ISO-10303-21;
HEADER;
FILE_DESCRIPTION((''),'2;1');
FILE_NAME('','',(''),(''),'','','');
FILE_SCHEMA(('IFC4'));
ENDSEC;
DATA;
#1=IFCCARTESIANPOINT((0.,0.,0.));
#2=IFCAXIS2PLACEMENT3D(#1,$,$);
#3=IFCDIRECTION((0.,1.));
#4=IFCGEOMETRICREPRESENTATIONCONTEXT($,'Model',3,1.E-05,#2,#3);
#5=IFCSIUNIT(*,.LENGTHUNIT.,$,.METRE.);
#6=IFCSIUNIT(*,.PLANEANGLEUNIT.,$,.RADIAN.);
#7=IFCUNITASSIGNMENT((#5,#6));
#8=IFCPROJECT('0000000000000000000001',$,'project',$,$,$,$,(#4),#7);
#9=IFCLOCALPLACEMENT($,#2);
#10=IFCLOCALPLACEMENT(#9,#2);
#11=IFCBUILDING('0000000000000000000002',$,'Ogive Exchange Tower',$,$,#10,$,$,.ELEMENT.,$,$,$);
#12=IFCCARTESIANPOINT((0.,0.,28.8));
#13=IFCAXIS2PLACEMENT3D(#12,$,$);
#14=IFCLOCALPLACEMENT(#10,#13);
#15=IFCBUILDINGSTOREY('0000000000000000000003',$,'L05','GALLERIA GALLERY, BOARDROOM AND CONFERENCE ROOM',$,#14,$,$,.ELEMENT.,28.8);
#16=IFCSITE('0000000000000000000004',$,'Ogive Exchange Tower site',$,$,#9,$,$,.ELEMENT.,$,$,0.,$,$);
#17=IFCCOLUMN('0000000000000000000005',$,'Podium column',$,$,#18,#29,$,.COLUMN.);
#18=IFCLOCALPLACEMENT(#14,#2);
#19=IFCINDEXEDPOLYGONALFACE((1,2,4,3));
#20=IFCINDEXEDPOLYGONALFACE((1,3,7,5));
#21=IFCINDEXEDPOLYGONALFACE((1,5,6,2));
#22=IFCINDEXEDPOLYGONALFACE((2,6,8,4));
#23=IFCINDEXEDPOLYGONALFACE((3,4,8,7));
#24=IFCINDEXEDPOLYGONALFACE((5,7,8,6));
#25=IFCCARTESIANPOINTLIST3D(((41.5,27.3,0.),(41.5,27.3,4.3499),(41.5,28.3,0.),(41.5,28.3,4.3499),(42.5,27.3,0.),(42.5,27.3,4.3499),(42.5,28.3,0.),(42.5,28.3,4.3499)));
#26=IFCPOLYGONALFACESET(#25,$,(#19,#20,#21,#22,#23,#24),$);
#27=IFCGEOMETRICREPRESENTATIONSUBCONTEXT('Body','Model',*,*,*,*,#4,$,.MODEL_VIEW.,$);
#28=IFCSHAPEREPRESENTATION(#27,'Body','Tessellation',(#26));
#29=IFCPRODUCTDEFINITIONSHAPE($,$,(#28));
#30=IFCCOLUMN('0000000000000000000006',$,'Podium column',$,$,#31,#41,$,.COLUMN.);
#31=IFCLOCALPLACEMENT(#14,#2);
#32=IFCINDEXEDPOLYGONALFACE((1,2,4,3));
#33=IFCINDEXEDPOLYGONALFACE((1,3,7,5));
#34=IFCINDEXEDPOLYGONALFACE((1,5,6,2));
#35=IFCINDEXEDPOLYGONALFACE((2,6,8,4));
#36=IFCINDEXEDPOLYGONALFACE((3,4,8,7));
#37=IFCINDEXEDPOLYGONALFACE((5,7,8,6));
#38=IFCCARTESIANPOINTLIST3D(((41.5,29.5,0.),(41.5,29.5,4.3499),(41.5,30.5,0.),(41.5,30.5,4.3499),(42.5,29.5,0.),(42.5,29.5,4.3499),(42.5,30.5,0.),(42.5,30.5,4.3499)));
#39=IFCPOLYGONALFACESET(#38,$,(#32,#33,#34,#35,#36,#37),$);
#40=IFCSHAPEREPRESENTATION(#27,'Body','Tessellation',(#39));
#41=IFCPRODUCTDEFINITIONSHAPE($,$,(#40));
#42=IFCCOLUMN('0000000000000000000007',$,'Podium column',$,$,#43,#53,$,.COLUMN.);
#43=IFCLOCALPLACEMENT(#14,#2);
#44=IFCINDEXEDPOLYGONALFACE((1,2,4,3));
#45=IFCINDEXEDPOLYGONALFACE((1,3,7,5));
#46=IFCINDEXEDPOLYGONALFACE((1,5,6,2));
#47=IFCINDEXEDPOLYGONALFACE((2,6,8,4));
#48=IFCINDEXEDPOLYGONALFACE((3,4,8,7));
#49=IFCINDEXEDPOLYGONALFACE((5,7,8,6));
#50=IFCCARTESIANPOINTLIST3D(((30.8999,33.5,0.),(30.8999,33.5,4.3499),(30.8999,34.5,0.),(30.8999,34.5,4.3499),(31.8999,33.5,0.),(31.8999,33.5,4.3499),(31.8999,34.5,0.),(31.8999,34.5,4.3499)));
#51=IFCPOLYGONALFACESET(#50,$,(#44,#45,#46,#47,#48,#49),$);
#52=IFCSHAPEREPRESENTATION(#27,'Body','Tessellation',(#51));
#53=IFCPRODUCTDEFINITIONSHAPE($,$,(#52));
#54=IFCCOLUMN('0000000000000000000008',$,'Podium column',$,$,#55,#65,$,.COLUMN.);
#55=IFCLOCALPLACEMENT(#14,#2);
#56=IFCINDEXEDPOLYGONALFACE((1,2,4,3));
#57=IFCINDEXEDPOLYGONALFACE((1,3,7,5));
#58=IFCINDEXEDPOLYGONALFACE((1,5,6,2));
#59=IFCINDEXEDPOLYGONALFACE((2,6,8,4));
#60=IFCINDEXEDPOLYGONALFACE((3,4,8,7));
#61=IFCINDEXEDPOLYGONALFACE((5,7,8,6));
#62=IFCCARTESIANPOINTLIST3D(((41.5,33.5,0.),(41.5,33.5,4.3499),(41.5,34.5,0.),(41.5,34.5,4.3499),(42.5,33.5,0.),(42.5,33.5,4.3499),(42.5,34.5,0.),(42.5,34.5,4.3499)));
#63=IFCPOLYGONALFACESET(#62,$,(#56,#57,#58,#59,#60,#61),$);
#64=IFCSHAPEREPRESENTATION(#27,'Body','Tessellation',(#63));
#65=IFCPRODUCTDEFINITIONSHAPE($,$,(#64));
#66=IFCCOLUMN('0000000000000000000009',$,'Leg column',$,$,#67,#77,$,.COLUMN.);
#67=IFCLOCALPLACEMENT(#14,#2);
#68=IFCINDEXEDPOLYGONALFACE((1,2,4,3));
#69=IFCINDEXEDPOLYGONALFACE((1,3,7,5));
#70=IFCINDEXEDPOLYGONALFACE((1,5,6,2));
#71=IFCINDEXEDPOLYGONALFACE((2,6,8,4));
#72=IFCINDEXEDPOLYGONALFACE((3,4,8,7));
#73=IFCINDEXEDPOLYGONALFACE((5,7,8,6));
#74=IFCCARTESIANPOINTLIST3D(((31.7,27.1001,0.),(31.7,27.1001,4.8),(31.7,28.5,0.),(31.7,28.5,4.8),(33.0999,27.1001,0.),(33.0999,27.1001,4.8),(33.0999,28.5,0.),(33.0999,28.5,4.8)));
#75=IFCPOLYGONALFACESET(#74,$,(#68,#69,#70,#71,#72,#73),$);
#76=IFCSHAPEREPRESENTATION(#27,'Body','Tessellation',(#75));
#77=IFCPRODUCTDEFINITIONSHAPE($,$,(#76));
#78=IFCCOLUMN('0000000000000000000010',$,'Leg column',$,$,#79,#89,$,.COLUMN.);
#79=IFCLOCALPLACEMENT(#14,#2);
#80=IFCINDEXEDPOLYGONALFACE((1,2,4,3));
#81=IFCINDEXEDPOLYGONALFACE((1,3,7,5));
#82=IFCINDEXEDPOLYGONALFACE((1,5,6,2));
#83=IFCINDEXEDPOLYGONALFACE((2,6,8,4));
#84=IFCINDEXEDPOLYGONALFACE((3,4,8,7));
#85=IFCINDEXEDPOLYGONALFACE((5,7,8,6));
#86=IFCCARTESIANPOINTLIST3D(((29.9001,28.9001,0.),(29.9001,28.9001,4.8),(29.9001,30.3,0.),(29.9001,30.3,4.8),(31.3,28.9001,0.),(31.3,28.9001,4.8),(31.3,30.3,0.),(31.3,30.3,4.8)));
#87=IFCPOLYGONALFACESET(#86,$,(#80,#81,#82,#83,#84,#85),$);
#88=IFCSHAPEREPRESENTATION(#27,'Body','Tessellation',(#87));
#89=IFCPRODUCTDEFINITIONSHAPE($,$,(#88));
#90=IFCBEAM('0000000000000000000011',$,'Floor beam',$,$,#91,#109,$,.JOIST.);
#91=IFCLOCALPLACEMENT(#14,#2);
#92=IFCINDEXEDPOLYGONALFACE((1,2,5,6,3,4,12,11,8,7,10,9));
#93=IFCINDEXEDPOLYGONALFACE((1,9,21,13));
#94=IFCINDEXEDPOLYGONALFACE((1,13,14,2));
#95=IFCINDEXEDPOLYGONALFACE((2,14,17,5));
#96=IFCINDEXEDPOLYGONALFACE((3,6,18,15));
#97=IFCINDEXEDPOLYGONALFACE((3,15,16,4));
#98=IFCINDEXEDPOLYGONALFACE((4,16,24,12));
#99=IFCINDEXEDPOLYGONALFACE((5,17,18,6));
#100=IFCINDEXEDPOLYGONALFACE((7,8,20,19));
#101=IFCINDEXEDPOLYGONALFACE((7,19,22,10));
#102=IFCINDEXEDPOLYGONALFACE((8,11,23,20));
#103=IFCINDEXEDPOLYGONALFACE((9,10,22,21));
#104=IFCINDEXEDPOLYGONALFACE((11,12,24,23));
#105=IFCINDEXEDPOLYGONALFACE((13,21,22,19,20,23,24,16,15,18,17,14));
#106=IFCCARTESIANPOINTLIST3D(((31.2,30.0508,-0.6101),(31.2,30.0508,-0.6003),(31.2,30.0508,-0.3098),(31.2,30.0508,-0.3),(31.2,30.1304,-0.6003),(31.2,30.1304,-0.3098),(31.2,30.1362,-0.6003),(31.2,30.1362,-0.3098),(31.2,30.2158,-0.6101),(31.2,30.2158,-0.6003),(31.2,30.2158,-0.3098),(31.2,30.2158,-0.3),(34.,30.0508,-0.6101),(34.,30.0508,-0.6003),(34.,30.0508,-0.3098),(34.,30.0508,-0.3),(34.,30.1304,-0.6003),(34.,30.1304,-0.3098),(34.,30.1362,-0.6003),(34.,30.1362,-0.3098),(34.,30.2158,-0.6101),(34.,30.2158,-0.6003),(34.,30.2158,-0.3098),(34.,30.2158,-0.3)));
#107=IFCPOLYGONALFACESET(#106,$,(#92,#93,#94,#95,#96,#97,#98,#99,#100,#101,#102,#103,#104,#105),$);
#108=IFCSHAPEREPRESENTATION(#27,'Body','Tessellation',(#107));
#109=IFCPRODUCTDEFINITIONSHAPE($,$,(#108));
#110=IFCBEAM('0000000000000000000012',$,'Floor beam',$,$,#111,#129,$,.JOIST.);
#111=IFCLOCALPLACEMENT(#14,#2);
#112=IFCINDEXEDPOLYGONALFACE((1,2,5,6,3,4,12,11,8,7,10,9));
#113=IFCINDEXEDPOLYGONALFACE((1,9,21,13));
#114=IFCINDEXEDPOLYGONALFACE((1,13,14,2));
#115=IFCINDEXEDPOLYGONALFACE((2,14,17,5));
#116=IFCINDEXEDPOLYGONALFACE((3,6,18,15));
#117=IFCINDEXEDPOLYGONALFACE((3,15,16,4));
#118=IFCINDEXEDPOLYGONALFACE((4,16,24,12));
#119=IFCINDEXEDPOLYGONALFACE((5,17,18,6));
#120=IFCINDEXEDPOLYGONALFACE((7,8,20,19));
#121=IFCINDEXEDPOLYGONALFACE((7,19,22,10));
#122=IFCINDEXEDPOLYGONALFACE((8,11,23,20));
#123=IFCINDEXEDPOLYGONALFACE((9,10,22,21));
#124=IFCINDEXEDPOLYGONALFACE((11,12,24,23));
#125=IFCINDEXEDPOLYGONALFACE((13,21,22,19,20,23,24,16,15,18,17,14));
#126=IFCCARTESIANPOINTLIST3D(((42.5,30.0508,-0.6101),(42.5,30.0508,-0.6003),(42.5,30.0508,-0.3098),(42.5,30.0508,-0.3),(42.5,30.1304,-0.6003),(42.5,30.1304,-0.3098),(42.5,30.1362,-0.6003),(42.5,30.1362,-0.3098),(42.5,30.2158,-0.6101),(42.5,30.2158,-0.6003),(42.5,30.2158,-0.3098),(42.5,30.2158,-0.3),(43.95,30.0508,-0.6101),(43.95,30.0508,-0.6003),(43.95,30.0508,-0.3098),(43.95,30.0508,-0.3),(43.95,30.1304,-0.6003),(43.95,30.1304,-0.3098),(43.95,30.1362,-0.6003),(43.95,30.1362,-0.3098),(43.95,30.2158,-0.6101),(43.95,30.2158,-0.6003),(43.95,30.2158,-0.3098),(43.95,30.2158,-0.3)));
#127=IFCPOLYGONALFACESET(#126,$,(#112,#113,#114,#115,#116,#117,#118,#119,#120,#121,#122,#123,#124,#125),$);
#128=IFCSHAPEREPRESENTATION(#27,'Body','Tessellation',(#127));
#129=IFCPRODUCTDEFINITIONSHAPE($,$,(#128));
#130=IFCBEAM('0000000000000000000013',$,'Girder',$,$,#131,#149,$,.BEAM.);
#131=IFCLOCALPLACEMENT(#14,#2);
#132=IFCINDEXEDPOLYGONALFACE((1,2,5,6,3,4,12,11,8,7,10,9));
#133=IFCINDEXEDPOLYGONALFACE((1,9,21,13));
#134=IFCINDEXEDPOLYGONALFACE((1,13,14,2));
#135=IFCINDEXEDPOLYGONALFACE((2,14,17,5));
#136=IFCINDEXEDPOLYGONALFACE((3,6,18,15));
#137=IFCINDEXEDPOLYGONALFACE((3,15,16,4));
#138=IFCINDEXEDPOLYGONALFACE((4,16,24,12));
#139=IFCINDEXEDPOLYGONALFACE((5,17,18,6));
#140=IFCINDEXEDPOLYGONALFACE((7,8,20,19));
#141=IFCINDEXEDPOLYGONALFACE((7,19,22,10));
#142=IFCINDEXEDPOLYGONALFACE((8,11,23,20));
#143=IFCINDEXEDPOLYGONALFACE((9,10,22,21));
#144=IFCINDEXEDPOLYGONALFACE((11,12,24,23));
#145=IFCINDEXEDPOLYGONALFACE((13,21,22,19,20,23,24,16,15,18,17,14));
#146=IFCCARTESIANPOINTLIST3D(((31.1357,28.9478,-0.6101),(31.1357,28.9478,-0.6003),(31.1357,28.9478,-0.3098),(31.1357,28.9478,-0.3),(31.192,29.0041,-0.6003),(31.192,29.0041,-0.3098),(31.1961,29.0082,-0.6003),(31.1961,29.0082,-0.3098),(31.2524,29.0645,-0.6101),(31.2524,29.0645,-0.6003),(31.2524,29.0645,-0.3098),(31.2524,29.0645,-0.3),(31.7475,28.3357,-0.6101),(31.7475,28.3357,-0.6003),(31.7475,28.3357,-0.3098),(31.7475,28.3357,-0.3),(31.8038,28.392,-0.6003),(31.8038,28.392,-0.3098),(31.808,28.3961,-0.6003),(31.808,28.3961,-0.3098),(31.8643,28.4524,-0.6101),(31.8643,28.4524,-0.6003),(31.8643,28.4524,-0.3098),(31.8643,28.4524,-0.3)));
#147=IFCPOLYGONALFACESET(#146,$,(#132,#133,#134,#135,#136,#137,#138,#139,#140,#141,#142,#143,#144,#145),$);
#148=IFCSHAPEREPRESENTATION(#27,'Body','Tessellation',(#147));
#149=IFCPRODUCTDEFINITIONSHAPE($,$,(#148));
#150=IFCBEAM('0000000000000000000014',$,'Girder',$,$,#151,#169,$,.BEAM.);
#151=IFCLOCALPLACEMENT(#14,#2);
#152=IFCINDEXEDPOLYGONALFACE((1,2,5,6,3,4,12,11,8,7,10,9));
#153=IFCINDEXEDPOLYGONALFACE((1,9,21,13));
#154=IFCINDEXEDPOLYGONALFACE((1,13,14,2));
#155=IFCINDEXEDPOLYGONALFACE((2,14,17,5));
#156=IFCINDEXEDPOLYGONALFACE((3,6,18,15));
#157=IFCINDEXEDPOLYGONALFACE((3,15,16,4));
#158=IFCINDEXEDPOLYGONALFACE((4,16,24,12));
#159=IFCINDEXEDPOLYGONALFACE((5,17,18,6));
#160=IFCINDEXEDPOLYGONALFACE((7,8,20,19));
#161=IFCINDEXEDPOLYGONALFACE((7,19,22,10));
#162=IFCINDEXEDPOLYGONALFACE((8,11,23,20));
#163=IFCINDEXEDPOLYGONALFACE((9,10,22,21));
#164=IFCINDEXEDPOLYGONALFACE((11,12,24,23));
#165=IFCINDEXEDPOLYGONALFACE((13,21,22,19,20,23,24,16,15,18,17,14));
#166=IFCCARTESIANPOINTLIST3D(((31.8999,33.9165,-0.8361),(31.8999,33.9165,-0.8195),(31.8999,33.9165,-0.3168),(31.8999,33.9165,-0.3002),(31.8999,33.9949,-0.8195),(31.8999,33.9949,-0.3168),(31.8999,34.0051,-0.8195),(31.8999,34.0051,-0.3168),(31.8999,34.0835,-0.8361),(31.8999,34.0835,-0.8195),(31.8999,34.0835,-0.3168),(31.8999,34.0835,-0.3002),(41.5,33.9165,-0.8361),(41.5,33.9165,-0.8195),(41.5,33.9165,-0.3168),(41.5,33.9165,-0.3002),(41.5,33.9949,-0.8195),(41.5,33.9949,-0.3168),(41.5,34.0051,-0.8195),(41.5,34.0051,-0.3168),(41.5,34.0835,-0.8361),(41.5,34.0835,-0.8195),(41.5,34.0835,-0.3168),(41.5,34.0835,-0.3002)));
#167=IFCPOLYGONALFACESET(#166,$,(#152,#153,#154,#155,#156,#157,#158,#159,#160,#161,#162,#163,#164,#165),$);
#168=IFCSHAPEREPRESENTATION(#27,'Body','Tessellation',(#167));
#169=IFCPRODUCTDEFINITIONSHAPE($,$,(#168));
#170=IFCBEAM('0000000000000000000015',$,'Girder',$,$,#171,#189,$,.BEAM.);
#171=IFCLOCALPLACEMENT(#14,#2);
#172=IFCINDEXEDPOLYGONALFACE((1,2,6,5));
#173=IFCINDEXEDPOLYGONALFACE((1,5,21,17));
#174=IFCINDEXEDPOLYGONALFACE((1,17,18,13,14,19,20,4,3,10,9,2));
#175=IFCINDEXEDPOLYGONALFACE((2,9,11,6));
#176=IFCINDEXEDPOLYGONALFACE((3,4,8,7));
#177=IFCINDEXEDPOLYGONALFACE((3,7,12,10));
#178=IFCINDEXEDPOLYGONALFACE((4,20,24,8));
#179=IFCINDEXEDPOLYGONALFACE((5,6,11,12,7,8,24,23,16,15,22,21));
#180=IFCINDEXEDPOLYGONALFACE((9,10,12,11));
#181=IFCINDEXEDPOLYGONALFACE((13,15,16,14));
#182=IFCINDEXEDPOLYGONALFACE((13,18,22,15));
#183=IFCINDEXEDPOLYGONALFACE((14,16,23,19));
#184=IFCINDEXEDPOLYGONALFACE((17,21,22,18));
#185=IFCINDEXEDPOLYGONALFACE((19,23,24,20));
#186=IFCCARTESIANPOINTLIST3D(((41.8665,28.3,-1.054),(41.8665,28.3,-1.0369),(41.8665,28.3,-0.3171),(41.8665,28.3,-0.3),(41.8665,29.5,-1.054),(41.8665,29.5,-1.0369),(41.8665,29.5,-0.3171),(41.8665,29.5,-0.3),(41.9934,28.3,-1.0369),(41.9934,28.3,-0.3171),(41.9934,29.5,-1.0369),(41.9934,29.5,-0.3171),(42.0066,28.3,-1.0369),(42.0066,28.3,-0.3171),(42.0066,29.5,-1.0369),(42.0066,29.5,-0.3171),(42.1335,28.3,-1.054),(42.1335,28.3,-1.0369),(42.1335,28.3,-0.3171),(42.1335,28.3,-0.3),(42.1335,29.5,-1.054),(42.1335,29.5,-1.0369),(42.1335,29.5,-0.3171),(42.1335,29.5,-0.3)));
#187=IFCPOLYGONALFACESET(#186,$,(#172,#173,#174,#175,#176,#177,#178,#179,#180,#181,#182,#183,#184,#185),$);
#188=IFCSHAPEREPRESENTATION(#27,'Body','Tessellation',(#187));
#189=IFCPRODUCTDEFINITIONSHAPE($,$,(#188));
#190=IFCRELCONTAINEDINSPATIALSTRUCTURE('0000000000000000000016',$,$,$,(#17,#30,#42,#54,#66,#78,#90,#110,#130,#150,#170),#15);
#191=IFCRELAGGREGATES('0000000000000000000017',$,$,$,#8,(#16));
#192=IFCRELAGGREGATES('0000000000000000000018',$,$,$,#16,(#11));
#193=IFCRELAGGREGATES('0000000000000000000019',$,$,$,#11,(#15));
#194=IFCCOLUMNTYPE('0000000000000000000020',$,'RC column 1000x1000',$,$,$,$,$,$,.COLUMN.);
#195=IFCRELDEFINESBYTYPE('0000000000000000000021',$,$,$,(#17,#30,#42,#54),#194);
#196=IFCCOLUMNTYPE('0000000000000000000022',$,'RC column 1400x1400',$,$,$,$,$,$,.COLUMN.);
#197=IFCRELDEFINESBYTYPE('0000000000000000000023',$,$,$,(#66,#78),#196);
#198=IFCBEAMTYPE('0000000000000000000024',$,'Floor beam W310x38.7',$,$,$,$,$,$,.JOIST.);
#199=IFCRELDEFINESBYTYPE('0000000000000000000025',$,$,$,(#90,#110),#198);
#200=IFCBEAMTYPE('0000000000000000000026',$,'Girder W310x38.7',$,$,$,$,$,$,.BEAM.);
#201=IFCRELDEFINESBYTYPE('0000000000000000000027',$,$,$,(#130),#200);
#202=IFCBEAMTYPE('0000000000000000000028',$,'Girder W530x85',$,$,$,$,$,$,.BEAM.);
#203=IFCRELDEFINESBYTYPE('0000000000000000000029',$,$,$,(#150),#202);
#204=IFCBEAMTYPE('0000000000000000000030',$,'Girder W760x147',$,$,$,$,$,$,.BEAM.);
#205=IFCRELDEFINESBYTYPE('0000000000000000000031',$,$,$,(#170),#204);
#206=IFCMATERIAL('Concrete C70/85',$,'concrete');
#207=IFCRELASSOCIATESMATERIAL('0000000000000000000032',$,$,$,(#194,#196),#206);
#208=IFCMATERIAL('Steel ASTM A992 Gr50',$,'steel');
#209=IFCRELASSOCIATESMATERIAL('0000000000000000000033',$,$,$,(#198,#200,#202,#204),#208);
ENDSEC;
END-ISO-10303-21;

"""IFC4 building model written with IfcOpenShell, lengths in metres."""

from ifc_helpers import new_model, si_unit, direction, frame, origin, origin_2d, place, context, subcontext, project, spatial, rectangle, i_section, extrude, material, material_profile, profile_set, type_object, element, save


model = new_model("IFC4")

# Units and contexts
model_context = context("Model", 3, precision=1e-05, world=origin(), true_north=direction((0.0, 1.0)))
body_context = subcontext(model_context, "Body", "Model", "MODEL_VIEW")
ifc_project = project(units=[si_unit("LENGTHUNIT", "METRE"), si_unit("PLANEANGLEUNIT", "RADIAN")], contexts=[model_context])

# Site, building, storey
site_placement = place(None, origin())
site = spatial("IfcSite", under=ifc_project, at=site_placement, Name="Ogive Exchange Tower site", CompositionType="ELEMENT", RefElevation=0.0)
building_placement = place(site_placement, origin())
building = spatial("IfcBuilding", under=site, at=building_placement, Name="Ogive Exchange Tower", CompositionType="ELEMENT")
storey_placement = place(building_placement, frame((0.0, 0.0, 28.8)))
storey = spatial("IfcBuildingStorey", under=building, at=storey_placement, Name="L05", Description="GALLERIA GALLERY, BOARDROOM AND CONFERENCE ROOM", CompositionType="ELEMENT", Elevation=28.8)

# Columns
ifc_material_1 = material(Name="Concrete C70/85", Category="concrete")
ifc_material_profile_1 = material_profile(ifc_material_1, rectangle(XDim=1.0, YDim=1.0, at=origin_2d()), Name="RC 1000x1000")
ifc_profile_set_1 = profile_set([ifc_material_profile_1], Name="Concrete C70/85")
column_type_1 = type_object("IfcColumnType", Name="RC column 1000x1000", PredefinedType="COLUMN", material=ifc_profile_set_1)
for number, where, z_axis, x_axis, name in (
    (1, (42.0, 27.8, 0.0), (0.0, 0.0, 1.0), (1.0, 0.0, 0.0), "Podium column"),
    (2, (42.0, 30.0, 0.0), (0.0, 0.0, 1.0), (1.0, 0.0, 0.0), "Podium column"),
    (3, (31.3999, 34.0, 0.0), (0.0, 0.0, 1.0), (1.0, 0.0, 0.0), "Podium column"),
    (4, (42.0, 34.0, 0.0), (0.0, 0.0, 1.0), (1.0, 0.0, 0.0), "Podium column"),
):
    element("IfcColumn", number, at=place(storey_placement, frame(where, z_axis=z_axis, x_axis=x_axis)), inside=storey, type_object=column_type_1, Name=name, PredefinedType="COLUMN", context=body_context, shape_type="SweptSolid", body=[
        extrude(rectangle(XDim=1.0, YDim=1.0, at=origin_2d()), origin(), (0.0, 0.0, 1.0), 4.3499),
    ])
ifc_material_profile_2 = material_profile(ifc_material_1, rectangle(XDim=1.3999, YDim=1.3999, at=origin_2d()), Name="RC 1400x1400")
ifc_profile_set_2 = profile_set([ifc_material_profile_2], Name="Concrete C70/85")
column_type_2 = type_object("IfcColumnType", Name="RC column 1400x1400", PredefinedType="COLUMN", material=ifc_profile_set_2)
for number, where, z_axis, x_axis, name in (
    (5, (32.3999, 27.8, 0.0), (0.0, 0.0, 1.0), (1.0, 0.0, 0.0), "Leg column"),
    (6, (30.6001, 29.6001, 0.0), (0.0, 0.0, 1.0), (1.0, 0.0, 0.0), "Leg column"),
):
    element("IfcColumn", number, at=place(storey_placement, frame(where, z_axis=z_axis, x_axis=x_axis)), inside=storey, type_object=column_type_2, Name=name, PredefinedType="COLUMN", context=body_context, shape_type="SweptSolid", body=[
        extrude(rectangle(XDim=1.3999, YDim=1.3999, at=origin_2d()), origin(), (0.0, 0.0, 1.0), 4.8),
    ])

# Beams
ifc_material_2 = material(Name="Steel ASTM A992 Gr50", Category="steel")
ifc_material_profile_3 = material_profile(ifc_material_2, i_section(OverallWidth=0.165, OverallDepth=0.3101, WebThickness=0.0059, FlangeThickness=0.0098, at=origin_2d()), Name="W310x38.7")
ifc_profile_set_3 = profile_set([ifc_material_profile_3], Name="Steel ASTM A992 Gr50")
beam_type_1 = type_object("IfcBeamType", Name="Floor beam W310x38.7", PredefinedType="JOIST", material=ifc_profile_set_3)
beam_1_placement = place(storey_placement, frame((31.2, 30.1333, -0.4551), z_axis=(1.0, 0.0, 0.0), x_axis=(0.0, 1.0, 0.0)))
element("IfcBeam", 7, at=beam_1_placement, inside=storey, type_object=beam_type_1, Name="Floor beam", PredefinedType="JOIST", context=body_context, shape_type="SweptSolid", body=[
    extrude(i_section(OverallWidth=0.165, OverallDepth=0.3101, WebThickness=0.0059, FlangeThickness=0.0098, at=origin_2d()), origin(), (0.0, 0.0, 1.0), 2.8),
])
beam_2_placement = place(storey_placement, frame((42.5, 30.1333, -0.4551), z_axis=(1.0, 0.0, 0.0), x_axis=(0.0, 1.0, 0.0)))
element("IfcBeam", 8, at=beam_2_placement, inside=storey, type_object=beam_type_1, Name="Floor beam", PredefinedType="JOIST", context=body_context, shape_type="SweptSolid", body=[
    extrude(i_section(OverallWidth=0.165, OverallDepth=0.3101, WebThickness=0.0059, FlangeThickness=0.0098, at=origin_2d()), origin(), (0.0, 0.0, 1.0), 1.45),
])
ifc_material_profile_4 = material_profile(ifc_material_2, i_section(OverallWidth=0.165, OverallDepth=0.3101, WebThickness=0.0059, FlangeThickness=0.0098, at=origin_2d()), Name="W310x38.7")
ifc_profile_set_4 = profile_set([ifc_material_profile_4], Name="Steel ASTM A992 Gr50")
beam_type_2 = type_object("IfcBeamType", Name="Girder W310x38.7", PredefinedType="BEAM", material=ifc_profile_set_4)
beam_3_placement = place(storey_placement, frame((31.8059, 28.394, -0.4551), z_axis=(-0.706966, 0.707248, 0.0), x_axis=(-0.707248, -0.706966, 0.0)))
element("IfcBeam", 9, at=beam_3_placement, inside=storey, type_object=beam_type_2, Name="Girder", PredefinedType="BEAM", context=body_context, shape_type="SweptSolid", body=[
    extrude(i_section(OverallWidth=0.165, OverallDepth=0.3101, WebThickness=0.0059, FlangeThickness=0.0098, at=origin_2d()), origin(), (0.0, 0.0, 1.0), 0.8655),
])
ifc_material_profile_5 = material_profile(ifc_material_2, i_section(OverallWidth=0.167, OverallDepth=0.5359, WebThickness=0.0103, FlangeThickness=0.0166, at=origin_2d()), Name="W530x85")
ifc_profile_set_5 = profile_set([ifc_material_profile_5], Name="Steel ASTM A992 Gr50")
beam_type_3 = type_object("IfcBeamType", Name="Girder W530x85", PredefinedType="BEAM", material=ifc_profile_set_5)
beam_4_placement = place(storey_placement, frame((31.8999, 34.0, -0.5681), z_axis=(1.0, 0.0, 0.0), x_axis=(0.0, 1.0, 0.0)))
element("IfcBeam", 10, at=beam_4_placement, inside=storey, type_object=beam_type_3, Name="Girder", PredefinedType="BEAM", context=body_context, shape_type="SweptSolid", body=[
    extrude(i_section(OverallWidth=0.167, OverallDepth=0.5359, WebThickness=0.0103, FlangeThickness=0.0166, at=origin_2d()), origin(), (0.0, 0.0, 1.0), 9.6001),
])
ifc_material_profile_6 = material_profile(ifc_material_2, i_section(OverallWidth=0.2671, OverallDepth=0.7539, WebThickness=0.0132, FlangeThickness=0.0171, at=origin_2d()), Name="W760x147")
ifc_profile_set_6 = profile_set([ifc_material_profile_6], Name="Steel ASTM A992 Gr50")
beam_type_4 = type_object("IfcBeamType", Name="Girder W760x147", PredefinedType="BEAM", material=ifc_profile_set_6)
beam_5_placement = place(storey_placement, frame((42.0, 28.3, -0.677), z_axis=(0.0, 1.0, 0.0), x_axis=(-1.0, 0.0, 0.0)))
element("IfcBeam", 11, at=beam_5_placement, inside=storey, type_object=beam_type_4, Name="Girder", PredefinedType="BEAM", context=body_context, shape_type="SweptSolid", body=[
    extrude(i_section(OverallWidth=0.2671, OverallDepth=0.7539, WebThickness=0.0132, FlangeThickness=0.0171, at=origin_2d()), origin(), (0.0, 0.0, 1.0), 1.2),
])

save(model, "model.ifc")
